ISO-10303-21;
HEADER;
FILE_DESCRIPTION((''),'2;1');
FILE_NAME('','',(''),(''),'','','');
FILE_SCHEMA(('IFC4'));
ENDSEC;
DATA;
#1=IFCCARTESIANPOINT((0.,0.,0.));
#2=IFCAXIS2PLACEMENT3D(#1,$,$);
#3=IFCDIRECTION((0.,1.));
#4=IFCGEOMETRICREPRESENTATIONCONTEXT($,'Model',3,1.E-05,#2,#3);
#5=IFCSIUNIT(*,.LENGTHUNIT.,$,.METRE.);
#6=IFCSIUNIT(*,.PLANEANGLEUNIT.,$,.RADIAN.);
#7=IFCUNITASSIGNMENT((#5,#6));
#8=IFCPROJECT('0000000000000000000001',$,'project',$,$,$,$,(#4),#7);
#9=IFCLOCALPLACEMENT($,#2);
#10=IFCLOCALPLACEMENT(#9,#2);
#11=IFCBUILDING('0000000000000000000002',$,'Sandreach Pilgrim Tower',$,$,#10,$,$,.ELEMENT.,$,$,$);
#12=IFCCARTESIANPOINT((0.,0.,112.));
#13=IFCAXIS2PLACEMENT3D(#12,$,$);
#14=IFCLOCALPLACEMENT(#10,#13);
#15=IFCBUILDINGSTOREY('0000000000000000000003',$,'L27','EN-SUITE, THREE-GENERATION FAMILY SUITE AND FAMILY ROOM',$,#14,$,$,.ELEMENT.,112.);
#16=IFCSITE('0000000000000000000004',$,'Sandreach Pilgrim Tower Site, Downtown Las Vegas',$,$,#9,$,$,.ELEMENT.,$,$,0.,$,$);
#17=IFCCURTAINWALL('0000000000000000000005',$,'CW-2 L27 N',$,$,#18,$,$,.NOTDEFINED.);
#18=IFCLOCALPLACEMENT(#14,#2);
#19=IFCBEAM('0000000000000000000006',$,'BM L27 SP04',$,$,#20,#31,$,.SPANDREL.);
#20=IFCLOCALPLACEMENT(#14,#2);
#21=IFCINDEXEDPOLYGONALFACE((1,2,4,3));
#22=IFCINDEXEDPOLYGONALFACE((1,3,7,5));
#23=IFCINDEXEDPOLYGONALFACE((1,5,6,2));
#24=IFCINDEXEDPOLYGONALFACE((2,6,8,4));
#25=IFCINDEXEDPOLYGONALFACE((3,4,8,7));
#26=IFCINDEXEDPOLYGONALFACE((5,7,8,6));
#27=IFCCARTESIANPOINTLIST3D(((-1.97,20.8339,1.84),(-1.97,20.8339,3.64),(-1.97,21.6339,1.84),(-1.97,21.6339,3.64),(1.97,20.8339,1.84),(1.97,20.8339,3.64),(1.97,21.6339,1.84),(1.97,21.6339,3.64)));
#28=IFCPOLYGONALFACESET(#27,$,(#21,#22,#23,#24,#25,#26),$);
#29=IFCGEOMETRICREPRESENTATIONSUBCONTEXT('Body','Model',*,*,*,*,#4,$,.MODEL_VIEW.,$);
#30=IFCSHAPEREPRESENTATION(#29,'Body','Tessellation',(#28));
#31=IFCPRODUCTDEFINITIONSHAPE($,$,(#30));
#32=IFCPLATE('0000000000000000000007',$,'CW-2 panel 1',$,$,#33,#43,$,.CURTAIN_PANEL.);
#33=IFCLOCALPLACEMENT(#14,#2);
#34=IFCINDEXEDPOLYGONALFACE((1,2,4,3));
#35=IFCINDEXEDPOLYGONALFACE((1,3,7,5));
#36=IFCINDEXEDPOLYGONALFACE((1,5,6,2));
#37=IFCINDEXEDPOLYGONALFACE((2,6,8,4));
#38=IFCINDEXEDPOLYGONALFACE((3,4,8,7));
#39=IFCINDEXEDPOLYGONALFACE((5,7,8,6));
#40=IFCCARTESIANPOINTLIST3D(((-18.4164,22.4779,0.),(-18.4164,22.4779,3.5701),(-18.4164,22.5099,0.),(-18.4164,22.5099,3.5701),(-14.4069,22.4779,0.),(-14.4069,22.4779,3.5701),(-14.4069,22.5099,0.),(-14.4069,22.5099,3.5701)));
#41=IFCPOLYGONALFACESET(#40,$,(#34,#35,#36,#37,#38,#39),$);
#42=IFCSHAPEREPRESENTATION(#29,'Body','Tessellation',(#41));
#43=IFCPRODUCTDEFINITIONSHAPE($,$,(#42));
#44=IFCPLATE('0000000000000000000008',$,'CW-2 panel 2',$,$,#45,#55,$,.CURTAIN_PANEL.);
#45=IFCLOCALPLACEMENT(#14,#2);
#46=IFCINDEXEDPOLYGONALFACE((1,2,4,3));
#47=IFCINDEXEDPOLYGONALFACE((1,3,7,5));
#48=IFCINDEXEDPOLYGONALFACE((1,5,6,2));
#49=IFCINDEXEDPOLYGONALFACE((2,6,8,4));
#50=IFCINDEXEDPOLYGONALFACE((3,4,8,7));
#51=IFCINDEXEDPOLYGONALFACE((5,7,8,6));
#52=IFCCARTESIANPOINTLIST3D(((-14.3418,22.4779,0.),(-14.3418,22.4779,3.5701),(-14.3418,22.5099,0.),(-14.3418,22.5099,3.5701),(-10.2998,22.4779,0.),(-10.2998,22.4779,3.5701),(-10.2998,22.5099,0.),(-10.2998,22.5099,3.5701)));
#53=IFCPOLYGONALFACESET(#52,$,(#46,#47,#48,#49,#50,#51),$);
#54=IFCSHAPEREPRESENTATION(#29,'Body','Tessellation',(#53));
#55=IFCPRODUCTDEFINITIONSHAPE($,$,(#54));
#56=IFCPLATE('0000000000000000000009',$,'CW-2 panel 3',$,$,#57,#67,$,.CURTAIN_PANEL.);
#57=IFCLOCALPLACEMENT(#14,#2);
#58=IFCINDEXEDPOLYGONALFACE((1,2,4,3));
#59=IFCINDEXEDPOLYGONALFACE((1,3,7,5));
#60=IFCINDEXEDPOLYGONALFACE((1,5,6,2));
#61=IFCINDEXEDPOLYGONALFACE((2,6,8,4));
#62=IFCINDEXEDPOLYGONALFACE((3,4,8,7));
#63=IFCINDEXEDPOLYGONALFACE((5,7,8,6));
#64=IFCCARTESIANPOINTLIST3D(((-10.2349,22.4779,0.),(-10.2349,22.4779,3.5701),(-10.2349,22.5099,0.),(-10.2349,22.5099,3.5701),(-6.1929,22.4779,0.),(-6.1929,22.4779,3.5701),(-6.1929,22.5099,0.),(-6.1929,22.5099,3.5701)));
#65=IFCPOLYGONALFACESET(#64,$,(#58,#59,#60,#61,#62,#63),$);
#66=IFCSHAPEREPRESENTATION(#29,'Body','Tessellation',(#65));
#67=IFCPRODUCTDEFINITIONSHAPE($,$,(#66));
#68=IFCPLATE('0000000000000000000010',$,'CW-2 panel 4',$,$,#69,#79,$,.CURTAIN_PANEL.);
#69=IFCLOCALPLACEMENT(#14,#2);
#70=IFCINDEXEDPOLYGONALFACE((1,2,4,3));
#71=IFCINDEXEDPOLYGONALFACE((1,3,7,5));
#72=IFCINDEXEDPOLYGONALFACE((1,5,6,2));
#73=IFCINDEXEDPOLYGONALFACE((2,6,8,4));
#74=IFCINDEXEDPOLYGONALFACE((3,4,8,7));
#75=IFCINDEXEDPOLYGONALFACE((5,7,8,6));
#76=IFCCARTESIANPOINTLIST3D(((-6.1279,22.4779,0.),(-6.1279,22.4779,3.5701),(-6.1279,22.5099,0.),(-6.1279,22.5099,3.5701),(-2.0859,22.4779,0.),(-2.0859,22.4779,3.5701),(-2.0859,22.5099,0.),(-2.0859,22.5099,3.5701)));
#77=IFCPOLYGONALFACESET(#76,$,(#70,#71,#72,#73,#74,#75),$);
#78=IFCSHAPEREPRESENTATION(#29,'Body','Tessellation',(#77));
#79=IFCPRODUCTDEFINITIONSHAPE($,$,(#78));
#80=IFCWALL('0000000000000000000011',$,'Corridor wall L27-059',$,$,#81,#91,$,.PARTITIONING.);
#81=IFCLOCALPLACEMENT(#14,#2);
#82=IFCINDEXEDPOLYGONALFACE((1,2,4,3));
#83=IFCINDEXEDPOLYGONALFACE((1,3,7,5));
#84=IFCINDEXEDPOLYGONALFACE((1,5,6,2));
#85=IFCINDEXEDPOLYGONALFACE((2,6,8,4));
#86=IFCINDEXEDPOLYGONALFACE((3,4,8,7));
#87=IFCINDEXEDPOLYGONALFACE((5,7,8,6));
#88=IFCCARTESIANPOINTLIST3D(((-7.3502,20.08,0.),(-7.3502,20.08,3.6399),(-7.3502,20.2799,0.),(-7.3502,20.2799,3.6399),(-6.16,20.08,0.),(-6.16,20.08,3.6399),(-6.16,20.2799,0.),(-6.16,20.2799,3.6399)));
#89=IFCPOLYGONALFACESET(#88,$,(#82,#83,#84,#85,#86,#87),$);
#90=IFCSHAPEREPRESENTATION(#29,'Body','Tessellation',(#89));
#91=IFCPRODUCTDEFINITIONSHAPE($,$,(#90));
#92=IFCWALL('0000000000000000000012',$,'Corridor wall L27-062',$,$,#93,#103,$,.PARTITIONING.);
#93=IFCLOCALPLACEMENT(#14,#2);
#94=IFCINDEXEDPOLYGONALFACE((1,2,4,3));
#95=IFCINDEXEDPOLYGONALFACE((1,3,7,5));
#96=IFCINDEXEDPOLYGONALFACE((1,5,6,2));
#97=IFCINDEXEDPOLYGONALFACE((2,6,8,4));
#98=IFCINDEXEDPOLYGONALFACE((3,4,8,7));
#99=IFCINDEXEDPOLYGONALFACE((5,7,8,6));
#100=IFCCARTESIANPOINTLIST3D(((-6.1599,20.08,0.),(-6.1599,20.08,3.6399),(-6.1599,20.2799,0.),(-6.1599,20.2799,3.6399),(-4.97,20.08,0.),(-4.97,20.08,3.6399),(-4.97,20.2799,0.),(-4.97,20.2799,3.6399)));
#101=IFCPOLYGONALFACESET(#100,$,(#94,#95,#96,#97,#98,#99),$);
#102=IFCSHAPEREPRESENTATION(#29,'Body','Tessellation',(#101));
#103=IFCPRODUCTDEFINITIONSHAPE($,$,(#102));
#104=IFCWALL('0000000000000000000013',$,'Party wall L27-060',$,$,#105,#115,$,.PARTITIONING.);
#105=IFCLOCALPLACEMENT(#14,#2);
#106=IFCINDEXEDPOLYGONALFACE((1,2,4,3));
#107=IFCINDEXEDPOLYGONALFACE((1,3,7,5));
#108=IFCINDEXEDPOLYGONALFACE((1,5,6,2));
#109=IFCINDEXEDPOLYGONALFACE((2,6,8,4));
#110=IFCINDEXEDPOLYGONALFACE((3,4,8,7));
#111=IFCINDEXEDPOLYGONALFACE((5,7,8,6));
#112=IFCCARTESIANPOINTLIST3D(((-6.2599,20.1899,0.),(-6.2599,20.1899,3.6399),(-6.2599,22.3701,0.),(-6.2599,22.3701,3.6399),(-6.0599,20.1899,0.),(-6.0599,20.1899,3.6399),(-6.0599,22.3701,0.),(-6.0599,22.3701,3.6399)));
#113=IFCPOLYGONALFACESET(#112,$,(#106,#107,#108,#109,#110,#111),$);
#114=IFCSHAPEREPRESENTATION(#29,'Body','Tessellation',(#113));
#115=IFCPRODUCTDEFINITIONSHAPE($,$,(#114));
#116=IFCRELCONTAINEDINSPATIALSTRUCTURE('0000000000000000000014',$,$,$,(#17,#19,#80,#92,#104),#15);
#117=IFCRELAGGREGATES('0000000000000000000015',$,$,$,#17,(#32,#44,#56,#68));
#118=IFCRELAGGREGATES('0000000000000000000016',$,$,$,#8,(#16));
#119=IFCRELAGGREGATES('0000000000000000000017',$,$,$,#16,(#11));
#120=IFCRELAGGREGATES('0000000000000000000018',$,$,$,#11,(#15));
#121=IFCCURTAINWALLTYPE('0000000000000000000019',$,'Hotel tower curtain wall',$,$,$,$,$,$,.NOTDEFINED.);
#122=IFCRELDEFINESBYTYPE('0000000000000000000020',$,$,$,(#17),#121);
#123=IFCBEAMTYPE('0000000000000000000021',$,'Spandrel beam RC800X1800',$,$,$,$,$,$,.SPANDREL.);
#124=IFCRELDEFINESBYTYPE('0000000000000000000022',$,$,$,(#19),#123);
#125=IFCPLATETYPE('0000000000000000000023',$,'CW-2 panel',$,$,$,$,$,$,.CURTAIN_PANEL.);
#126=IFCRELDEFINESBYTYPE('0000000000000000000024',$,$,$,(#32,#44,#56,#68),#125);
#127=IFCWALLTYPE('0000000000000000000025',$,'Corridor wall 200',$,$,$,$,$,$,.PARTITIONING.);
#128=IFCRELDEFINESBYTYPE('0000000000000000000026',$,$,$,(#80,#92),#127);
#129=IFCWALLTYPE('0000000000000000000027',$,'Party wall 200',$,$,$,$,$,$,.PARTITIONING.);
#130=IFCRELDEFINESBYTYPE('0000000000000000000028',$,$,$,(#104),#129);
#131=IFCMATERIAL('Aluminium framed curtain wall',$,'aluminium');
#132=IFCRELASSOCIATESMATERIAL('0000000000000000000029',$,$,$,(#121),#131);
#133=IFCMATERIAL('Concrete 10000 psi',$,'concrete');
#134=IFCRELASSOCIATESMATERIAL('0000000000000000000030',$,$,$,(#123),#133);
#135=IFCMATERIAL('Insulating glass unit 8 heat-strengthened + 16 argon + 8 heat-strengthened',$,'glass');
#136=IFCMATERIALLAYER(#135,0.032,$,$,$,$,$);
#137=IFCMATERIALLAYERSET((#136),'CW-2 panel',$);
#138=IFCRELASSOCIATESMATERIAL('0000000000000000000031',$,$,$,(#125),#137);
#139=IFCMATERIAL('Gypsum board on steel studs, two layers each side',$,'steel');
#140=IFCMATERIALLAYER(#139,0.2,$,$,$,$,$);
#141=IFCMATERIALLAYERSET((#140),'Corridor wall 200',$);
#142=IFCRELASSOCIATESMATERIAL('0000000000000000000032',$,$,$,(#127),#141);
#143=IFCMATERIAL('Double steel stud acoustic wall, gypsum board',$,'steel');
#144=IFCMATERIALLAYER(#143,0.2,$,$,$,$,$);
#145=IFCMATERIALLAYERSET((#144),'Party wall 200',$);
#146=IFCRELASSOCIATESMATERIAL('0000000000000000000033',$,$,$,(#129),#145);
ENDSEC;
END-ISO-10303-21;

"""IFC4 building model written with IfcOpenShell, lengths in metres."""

from ifc_helpers import new_model, si_unit, direction, frame, frame_2d, origin, origin_2d, place, context, subcontext, project, spatial, rectangle, extrude, material, layer, layer_set, material_profile, profile_set, type_object, element, aggregate, save


model = new_model("IFC4")

# Units and contexts
model_context = context("Model", 3, precision=1e-05, world=origin(), true_north=direction((0.0, 1.0)))
body_context = subcontext(model_context, "Body", "Model", "MODEL_VIEW")
ifc_project = project(units=[si_unit("LENGTHUNIT", "METRE"), si_unit("PLANEANGLEUNIT", "RADIAN")], contexts=[model_context])

# Site, building, storey
site_placement = place(None, origin())
site = spatial("IfcSite", under=ifc_project, at=site_placement, Name="Sandreach Pilgrim Tower Site, Downtown Las Vegas", CompositionType="ELEMENT", RefElevation=0.0)
building_placement = place(site_placement, origin())
building = spatial("IfcBuilding", under=site, at=building_placement, Name="Sandreach Pilgrim Tower", CompositionType="ELEMENT")
storey_placement = place(building_placement, frame((0.0, 0.0, 112.0)))
storey = spatial("IfcBuildingStorey", under=building, at=storey_placement, Name="L27", Description="EN-SUITE, THREE-GENERATION FAMILY SUITE AND FAMILY ROOM", CompositionType="ELEMENT", Elevation=112.0)

# Curtain wall
ifc_material_1 = material(Name="Aluminium framed curtain wall", Category="aluminium")
curtain_wall_type = type_object("IfcCurtainWallType", Name="Hotel tower curtain wall", PredefinedType="NOTDEFINED", material=ifc_material_1)
curtain_wall_placement = place(storey_placement, origin())
curtain_wall = element("IfcCurtainWall", 1, at=curtain_wall_placement, inside=storey, type_object=curtain_wall_type, Name="CW-2 L27 N", PredefinedType="NOTDEFINED")

# Beam
ifc_material_2 = material(Name="Concrete 10000 psi", Category="concrete")
ifc_material_profile_1 = material_profile(ifc_material_2, rectangle(XDim=0.8, YDim=1.8, at=origin_2d()), Name="RC800X1800")
ifc_profile_set_1 = profile_set([ifc_material_profile_1], Name="Concrete 10000 psi")
beam_type_1 = type_object("IfcBeamType", Name="Spandrel beam RC800X1800", PredefinedType="SPANDREL", material=ifc_profile_set_1)
for number, where, z_axis, x_axis, name in (
    (2, (-1.97, 21.2339, 2.74), (1.0, 0.0, 0.0), (0.0, 1.0, 0.0), "BM L27 SP04"),
):
    element("IfcBeam", number, at=place(storey_placement, frame(where, z_axis=z_axis, x_axis=x_axis)), inside=storey, type_object=beam_type_1, Name=name, PredefinedType="SPANDREL", context=body_context, shape_type="SweptSolid", body=[
        extrude(rectangle(XDim=0.8, YDim=1.8, at=origin_2d()), origin(), (0.0, 0.0, 1.0), 3.9399),
    ])

# Plates
ifc_material_3 = material(Name="Insulating glass unit 8 heat-strengthened + 16 argon + 8 heat-strengthened", Category="glass")
ifc_layer_1 = layer(ifc_material_3, 0.032)
ifc_layer_set_1 = layer_set([ifc_layer_1], Name="CW-2 panel")
plate_type = type_object("IfcPlateType", Name="CW-2 panel", PredefinedType="CURTAIN_PANEL", material=ifc_layer_set_1)
plate_1_placement = place(storey_placement, frame((-16.4116, 22.4939, 0.0), z_axis=(0.0, 0.0, 1.0), x_axis=(1.0, 0.0, 0.0)))
plate_1 = element("IfcPlate", 3, at=plate_1_placement, type_object=plate_type, Name="CW-2 panel 1", PredefinedType="CURTAIN_PANEL", context=body_context, shape_type="SweptSolid", body=[
    extrude(rectangle(XDim=4.0095, YDim=0.032, at=origin_2d()), origin(), (0.0, 0.0, 1.0), 3.5701),
])
plate_2_placement = place(storey_placement, frame((-12.3208, 22.4939, 0.0), z_axis=(0.0, 0.0, 1.0), x_axis=(1.0, 0.0, 0.0)))
plate_2 = element("IfcPlate", 4, at=plate_2_placement, type_object=plate_type, Name="CW-2 panel 2", PredefinedType="CURTAIN_PANEL", context=body_context, shape_type="SweptSolid", body=[
    extrude(rectangle(XDim=4.042, YDim=0.032, at=origin_2d()), origin(), (0.0, 0.0, 1.0), 3.5701),
])
plate_3_placement = place(storey_placement, frame((-8.2139, 22.4939, 0.0), z_axis=(0.0, 0.0, 1.0), x_axis=(1.0, 0.0, 0.0)))
plate_3 = element("IfcPlate", 5, at=plate_3_placement, type_object=plate_type, Name="CW-2 panel 3", PredefinedType="CURTAIN_PANEL", context=body_context, shape_type="SweptSolid", body=[
    extrude(rectangle(XDim=4.042, YDim=0.032, at=origin_2d()), origin(), (0.0, 0.0, 1.0), 3.5701),
])
plate_4_placement = place(storey_placement, frame((-4.1069, 22.4939, 0.0), z_axis=(0.0, 0.0, 1.0), x_axis=(1.0, 0.0, 0.0)))
plate_4 = element("IfcPlate", 6, at=plate_4_placement, type_object=plate_type, Name="CW-2 panel 4", PredefinedType="CURTAIN_PANEL", context=body_context, shape_type="SweptSolid", body=[
    extrude(rectangle(XDim=4.042, YDim=0.032, at=origin_2d()), origin(), (0.0, 0.0, 1.0), 3.5701),
])
aggregate(curtain_wall, [plate_1, plate_2, plate_3, plate_4])

# Shared definitions
ifc_material_4 = material(Name="Gypsum board on steel studs, two layers each side", Category="steel")
ifc_layer_2 = layer(ifc_material_4, 0.2)
ifc_layer_set_2 = layer_set([ifc_layer_2], Name="Corridor wall 200")
wall_type_1 = type_object("IfcWallType", Name="Corridor wall 200", PredefinedType="PARTITIONING", material=ifc_layer_set_2)

# Walls
wall_1_placement = place(storey_placement, frame((-6.1599, 20.1799, 0.0), z_axis=(0.0, 0.0, 1.0), x_axis=(-1.0, 0.0, 0.0)))
element("IfcWall", 7, at=wall_1_placement, inside=storey, type_object=wall_type_1, Name="Corridor wall L27-059", PredefinedType="PARTITIONING", context=body_context, shape_type="SweptSolid", body=[
    extrude(rectangle(XDim=1.1902, YDim=0.2, at=frame_2d((0.5952, 0.0))), origin(), (0.0, 0.0, 1.0), 3.6399),
])
wall_2_placement = place(storey_placement, frame((-4.97, 20.1799, 0.0), z_axis=(0.0, 0.0, 1.0), x_axis=(-1.0, 0.0, 0.0)))
element("IfcWall", 8, at=wall_2_placement, inside=storey, type_object=wall_type_1, Name="Corridor wall L27-062", PredefinedType="PARTITIONING", context=body_context, shape_type="SweptSolid", body=[
    extrude(rectangle(XDim=1.1899, YDim=0.2, at=frame_2d((0.595, 0.0))), origin(), (0.0, 0.0, 1.0), 3.6399),
])
ifc_material_5 = material(Name="Double steel stud acoustic wall, gypsum board", Category="steel")
ifc_layer_3 = layer(ifc_material_5, 0.2)
ifc_layer_set_3 = layer_set([ifc_layer_3], Name="Party wall 200")
wall_type_2 = type_object("IfcWallType", Name="Party wall 200", PredefinedType="PARTITIONING", material=ifc_layer_set_3)
wall_3_placement = place(storey_placement, frame((-6.1599, 22.3701, 0.0), z_axis=(0.0, 0.0, 1.0), x_axis=(0.0, -1.0, 0.0)))
element("IfcWall", 9, at=wall_3_placement, inside=storey, type_object=wall_type_2, Name="Party wall L27-060", PredefinedType="PARTITIONING", context=body_context, shape_type="SweptSolid", body=[
    extrude(rectangle(XDim=2.1802, YDim=0.2, at=frame_2d((1.0901, 0.0))), origin(), (0.0, 0.0, 1.0), 3.6399),
])

save(model, "model.ifc")
